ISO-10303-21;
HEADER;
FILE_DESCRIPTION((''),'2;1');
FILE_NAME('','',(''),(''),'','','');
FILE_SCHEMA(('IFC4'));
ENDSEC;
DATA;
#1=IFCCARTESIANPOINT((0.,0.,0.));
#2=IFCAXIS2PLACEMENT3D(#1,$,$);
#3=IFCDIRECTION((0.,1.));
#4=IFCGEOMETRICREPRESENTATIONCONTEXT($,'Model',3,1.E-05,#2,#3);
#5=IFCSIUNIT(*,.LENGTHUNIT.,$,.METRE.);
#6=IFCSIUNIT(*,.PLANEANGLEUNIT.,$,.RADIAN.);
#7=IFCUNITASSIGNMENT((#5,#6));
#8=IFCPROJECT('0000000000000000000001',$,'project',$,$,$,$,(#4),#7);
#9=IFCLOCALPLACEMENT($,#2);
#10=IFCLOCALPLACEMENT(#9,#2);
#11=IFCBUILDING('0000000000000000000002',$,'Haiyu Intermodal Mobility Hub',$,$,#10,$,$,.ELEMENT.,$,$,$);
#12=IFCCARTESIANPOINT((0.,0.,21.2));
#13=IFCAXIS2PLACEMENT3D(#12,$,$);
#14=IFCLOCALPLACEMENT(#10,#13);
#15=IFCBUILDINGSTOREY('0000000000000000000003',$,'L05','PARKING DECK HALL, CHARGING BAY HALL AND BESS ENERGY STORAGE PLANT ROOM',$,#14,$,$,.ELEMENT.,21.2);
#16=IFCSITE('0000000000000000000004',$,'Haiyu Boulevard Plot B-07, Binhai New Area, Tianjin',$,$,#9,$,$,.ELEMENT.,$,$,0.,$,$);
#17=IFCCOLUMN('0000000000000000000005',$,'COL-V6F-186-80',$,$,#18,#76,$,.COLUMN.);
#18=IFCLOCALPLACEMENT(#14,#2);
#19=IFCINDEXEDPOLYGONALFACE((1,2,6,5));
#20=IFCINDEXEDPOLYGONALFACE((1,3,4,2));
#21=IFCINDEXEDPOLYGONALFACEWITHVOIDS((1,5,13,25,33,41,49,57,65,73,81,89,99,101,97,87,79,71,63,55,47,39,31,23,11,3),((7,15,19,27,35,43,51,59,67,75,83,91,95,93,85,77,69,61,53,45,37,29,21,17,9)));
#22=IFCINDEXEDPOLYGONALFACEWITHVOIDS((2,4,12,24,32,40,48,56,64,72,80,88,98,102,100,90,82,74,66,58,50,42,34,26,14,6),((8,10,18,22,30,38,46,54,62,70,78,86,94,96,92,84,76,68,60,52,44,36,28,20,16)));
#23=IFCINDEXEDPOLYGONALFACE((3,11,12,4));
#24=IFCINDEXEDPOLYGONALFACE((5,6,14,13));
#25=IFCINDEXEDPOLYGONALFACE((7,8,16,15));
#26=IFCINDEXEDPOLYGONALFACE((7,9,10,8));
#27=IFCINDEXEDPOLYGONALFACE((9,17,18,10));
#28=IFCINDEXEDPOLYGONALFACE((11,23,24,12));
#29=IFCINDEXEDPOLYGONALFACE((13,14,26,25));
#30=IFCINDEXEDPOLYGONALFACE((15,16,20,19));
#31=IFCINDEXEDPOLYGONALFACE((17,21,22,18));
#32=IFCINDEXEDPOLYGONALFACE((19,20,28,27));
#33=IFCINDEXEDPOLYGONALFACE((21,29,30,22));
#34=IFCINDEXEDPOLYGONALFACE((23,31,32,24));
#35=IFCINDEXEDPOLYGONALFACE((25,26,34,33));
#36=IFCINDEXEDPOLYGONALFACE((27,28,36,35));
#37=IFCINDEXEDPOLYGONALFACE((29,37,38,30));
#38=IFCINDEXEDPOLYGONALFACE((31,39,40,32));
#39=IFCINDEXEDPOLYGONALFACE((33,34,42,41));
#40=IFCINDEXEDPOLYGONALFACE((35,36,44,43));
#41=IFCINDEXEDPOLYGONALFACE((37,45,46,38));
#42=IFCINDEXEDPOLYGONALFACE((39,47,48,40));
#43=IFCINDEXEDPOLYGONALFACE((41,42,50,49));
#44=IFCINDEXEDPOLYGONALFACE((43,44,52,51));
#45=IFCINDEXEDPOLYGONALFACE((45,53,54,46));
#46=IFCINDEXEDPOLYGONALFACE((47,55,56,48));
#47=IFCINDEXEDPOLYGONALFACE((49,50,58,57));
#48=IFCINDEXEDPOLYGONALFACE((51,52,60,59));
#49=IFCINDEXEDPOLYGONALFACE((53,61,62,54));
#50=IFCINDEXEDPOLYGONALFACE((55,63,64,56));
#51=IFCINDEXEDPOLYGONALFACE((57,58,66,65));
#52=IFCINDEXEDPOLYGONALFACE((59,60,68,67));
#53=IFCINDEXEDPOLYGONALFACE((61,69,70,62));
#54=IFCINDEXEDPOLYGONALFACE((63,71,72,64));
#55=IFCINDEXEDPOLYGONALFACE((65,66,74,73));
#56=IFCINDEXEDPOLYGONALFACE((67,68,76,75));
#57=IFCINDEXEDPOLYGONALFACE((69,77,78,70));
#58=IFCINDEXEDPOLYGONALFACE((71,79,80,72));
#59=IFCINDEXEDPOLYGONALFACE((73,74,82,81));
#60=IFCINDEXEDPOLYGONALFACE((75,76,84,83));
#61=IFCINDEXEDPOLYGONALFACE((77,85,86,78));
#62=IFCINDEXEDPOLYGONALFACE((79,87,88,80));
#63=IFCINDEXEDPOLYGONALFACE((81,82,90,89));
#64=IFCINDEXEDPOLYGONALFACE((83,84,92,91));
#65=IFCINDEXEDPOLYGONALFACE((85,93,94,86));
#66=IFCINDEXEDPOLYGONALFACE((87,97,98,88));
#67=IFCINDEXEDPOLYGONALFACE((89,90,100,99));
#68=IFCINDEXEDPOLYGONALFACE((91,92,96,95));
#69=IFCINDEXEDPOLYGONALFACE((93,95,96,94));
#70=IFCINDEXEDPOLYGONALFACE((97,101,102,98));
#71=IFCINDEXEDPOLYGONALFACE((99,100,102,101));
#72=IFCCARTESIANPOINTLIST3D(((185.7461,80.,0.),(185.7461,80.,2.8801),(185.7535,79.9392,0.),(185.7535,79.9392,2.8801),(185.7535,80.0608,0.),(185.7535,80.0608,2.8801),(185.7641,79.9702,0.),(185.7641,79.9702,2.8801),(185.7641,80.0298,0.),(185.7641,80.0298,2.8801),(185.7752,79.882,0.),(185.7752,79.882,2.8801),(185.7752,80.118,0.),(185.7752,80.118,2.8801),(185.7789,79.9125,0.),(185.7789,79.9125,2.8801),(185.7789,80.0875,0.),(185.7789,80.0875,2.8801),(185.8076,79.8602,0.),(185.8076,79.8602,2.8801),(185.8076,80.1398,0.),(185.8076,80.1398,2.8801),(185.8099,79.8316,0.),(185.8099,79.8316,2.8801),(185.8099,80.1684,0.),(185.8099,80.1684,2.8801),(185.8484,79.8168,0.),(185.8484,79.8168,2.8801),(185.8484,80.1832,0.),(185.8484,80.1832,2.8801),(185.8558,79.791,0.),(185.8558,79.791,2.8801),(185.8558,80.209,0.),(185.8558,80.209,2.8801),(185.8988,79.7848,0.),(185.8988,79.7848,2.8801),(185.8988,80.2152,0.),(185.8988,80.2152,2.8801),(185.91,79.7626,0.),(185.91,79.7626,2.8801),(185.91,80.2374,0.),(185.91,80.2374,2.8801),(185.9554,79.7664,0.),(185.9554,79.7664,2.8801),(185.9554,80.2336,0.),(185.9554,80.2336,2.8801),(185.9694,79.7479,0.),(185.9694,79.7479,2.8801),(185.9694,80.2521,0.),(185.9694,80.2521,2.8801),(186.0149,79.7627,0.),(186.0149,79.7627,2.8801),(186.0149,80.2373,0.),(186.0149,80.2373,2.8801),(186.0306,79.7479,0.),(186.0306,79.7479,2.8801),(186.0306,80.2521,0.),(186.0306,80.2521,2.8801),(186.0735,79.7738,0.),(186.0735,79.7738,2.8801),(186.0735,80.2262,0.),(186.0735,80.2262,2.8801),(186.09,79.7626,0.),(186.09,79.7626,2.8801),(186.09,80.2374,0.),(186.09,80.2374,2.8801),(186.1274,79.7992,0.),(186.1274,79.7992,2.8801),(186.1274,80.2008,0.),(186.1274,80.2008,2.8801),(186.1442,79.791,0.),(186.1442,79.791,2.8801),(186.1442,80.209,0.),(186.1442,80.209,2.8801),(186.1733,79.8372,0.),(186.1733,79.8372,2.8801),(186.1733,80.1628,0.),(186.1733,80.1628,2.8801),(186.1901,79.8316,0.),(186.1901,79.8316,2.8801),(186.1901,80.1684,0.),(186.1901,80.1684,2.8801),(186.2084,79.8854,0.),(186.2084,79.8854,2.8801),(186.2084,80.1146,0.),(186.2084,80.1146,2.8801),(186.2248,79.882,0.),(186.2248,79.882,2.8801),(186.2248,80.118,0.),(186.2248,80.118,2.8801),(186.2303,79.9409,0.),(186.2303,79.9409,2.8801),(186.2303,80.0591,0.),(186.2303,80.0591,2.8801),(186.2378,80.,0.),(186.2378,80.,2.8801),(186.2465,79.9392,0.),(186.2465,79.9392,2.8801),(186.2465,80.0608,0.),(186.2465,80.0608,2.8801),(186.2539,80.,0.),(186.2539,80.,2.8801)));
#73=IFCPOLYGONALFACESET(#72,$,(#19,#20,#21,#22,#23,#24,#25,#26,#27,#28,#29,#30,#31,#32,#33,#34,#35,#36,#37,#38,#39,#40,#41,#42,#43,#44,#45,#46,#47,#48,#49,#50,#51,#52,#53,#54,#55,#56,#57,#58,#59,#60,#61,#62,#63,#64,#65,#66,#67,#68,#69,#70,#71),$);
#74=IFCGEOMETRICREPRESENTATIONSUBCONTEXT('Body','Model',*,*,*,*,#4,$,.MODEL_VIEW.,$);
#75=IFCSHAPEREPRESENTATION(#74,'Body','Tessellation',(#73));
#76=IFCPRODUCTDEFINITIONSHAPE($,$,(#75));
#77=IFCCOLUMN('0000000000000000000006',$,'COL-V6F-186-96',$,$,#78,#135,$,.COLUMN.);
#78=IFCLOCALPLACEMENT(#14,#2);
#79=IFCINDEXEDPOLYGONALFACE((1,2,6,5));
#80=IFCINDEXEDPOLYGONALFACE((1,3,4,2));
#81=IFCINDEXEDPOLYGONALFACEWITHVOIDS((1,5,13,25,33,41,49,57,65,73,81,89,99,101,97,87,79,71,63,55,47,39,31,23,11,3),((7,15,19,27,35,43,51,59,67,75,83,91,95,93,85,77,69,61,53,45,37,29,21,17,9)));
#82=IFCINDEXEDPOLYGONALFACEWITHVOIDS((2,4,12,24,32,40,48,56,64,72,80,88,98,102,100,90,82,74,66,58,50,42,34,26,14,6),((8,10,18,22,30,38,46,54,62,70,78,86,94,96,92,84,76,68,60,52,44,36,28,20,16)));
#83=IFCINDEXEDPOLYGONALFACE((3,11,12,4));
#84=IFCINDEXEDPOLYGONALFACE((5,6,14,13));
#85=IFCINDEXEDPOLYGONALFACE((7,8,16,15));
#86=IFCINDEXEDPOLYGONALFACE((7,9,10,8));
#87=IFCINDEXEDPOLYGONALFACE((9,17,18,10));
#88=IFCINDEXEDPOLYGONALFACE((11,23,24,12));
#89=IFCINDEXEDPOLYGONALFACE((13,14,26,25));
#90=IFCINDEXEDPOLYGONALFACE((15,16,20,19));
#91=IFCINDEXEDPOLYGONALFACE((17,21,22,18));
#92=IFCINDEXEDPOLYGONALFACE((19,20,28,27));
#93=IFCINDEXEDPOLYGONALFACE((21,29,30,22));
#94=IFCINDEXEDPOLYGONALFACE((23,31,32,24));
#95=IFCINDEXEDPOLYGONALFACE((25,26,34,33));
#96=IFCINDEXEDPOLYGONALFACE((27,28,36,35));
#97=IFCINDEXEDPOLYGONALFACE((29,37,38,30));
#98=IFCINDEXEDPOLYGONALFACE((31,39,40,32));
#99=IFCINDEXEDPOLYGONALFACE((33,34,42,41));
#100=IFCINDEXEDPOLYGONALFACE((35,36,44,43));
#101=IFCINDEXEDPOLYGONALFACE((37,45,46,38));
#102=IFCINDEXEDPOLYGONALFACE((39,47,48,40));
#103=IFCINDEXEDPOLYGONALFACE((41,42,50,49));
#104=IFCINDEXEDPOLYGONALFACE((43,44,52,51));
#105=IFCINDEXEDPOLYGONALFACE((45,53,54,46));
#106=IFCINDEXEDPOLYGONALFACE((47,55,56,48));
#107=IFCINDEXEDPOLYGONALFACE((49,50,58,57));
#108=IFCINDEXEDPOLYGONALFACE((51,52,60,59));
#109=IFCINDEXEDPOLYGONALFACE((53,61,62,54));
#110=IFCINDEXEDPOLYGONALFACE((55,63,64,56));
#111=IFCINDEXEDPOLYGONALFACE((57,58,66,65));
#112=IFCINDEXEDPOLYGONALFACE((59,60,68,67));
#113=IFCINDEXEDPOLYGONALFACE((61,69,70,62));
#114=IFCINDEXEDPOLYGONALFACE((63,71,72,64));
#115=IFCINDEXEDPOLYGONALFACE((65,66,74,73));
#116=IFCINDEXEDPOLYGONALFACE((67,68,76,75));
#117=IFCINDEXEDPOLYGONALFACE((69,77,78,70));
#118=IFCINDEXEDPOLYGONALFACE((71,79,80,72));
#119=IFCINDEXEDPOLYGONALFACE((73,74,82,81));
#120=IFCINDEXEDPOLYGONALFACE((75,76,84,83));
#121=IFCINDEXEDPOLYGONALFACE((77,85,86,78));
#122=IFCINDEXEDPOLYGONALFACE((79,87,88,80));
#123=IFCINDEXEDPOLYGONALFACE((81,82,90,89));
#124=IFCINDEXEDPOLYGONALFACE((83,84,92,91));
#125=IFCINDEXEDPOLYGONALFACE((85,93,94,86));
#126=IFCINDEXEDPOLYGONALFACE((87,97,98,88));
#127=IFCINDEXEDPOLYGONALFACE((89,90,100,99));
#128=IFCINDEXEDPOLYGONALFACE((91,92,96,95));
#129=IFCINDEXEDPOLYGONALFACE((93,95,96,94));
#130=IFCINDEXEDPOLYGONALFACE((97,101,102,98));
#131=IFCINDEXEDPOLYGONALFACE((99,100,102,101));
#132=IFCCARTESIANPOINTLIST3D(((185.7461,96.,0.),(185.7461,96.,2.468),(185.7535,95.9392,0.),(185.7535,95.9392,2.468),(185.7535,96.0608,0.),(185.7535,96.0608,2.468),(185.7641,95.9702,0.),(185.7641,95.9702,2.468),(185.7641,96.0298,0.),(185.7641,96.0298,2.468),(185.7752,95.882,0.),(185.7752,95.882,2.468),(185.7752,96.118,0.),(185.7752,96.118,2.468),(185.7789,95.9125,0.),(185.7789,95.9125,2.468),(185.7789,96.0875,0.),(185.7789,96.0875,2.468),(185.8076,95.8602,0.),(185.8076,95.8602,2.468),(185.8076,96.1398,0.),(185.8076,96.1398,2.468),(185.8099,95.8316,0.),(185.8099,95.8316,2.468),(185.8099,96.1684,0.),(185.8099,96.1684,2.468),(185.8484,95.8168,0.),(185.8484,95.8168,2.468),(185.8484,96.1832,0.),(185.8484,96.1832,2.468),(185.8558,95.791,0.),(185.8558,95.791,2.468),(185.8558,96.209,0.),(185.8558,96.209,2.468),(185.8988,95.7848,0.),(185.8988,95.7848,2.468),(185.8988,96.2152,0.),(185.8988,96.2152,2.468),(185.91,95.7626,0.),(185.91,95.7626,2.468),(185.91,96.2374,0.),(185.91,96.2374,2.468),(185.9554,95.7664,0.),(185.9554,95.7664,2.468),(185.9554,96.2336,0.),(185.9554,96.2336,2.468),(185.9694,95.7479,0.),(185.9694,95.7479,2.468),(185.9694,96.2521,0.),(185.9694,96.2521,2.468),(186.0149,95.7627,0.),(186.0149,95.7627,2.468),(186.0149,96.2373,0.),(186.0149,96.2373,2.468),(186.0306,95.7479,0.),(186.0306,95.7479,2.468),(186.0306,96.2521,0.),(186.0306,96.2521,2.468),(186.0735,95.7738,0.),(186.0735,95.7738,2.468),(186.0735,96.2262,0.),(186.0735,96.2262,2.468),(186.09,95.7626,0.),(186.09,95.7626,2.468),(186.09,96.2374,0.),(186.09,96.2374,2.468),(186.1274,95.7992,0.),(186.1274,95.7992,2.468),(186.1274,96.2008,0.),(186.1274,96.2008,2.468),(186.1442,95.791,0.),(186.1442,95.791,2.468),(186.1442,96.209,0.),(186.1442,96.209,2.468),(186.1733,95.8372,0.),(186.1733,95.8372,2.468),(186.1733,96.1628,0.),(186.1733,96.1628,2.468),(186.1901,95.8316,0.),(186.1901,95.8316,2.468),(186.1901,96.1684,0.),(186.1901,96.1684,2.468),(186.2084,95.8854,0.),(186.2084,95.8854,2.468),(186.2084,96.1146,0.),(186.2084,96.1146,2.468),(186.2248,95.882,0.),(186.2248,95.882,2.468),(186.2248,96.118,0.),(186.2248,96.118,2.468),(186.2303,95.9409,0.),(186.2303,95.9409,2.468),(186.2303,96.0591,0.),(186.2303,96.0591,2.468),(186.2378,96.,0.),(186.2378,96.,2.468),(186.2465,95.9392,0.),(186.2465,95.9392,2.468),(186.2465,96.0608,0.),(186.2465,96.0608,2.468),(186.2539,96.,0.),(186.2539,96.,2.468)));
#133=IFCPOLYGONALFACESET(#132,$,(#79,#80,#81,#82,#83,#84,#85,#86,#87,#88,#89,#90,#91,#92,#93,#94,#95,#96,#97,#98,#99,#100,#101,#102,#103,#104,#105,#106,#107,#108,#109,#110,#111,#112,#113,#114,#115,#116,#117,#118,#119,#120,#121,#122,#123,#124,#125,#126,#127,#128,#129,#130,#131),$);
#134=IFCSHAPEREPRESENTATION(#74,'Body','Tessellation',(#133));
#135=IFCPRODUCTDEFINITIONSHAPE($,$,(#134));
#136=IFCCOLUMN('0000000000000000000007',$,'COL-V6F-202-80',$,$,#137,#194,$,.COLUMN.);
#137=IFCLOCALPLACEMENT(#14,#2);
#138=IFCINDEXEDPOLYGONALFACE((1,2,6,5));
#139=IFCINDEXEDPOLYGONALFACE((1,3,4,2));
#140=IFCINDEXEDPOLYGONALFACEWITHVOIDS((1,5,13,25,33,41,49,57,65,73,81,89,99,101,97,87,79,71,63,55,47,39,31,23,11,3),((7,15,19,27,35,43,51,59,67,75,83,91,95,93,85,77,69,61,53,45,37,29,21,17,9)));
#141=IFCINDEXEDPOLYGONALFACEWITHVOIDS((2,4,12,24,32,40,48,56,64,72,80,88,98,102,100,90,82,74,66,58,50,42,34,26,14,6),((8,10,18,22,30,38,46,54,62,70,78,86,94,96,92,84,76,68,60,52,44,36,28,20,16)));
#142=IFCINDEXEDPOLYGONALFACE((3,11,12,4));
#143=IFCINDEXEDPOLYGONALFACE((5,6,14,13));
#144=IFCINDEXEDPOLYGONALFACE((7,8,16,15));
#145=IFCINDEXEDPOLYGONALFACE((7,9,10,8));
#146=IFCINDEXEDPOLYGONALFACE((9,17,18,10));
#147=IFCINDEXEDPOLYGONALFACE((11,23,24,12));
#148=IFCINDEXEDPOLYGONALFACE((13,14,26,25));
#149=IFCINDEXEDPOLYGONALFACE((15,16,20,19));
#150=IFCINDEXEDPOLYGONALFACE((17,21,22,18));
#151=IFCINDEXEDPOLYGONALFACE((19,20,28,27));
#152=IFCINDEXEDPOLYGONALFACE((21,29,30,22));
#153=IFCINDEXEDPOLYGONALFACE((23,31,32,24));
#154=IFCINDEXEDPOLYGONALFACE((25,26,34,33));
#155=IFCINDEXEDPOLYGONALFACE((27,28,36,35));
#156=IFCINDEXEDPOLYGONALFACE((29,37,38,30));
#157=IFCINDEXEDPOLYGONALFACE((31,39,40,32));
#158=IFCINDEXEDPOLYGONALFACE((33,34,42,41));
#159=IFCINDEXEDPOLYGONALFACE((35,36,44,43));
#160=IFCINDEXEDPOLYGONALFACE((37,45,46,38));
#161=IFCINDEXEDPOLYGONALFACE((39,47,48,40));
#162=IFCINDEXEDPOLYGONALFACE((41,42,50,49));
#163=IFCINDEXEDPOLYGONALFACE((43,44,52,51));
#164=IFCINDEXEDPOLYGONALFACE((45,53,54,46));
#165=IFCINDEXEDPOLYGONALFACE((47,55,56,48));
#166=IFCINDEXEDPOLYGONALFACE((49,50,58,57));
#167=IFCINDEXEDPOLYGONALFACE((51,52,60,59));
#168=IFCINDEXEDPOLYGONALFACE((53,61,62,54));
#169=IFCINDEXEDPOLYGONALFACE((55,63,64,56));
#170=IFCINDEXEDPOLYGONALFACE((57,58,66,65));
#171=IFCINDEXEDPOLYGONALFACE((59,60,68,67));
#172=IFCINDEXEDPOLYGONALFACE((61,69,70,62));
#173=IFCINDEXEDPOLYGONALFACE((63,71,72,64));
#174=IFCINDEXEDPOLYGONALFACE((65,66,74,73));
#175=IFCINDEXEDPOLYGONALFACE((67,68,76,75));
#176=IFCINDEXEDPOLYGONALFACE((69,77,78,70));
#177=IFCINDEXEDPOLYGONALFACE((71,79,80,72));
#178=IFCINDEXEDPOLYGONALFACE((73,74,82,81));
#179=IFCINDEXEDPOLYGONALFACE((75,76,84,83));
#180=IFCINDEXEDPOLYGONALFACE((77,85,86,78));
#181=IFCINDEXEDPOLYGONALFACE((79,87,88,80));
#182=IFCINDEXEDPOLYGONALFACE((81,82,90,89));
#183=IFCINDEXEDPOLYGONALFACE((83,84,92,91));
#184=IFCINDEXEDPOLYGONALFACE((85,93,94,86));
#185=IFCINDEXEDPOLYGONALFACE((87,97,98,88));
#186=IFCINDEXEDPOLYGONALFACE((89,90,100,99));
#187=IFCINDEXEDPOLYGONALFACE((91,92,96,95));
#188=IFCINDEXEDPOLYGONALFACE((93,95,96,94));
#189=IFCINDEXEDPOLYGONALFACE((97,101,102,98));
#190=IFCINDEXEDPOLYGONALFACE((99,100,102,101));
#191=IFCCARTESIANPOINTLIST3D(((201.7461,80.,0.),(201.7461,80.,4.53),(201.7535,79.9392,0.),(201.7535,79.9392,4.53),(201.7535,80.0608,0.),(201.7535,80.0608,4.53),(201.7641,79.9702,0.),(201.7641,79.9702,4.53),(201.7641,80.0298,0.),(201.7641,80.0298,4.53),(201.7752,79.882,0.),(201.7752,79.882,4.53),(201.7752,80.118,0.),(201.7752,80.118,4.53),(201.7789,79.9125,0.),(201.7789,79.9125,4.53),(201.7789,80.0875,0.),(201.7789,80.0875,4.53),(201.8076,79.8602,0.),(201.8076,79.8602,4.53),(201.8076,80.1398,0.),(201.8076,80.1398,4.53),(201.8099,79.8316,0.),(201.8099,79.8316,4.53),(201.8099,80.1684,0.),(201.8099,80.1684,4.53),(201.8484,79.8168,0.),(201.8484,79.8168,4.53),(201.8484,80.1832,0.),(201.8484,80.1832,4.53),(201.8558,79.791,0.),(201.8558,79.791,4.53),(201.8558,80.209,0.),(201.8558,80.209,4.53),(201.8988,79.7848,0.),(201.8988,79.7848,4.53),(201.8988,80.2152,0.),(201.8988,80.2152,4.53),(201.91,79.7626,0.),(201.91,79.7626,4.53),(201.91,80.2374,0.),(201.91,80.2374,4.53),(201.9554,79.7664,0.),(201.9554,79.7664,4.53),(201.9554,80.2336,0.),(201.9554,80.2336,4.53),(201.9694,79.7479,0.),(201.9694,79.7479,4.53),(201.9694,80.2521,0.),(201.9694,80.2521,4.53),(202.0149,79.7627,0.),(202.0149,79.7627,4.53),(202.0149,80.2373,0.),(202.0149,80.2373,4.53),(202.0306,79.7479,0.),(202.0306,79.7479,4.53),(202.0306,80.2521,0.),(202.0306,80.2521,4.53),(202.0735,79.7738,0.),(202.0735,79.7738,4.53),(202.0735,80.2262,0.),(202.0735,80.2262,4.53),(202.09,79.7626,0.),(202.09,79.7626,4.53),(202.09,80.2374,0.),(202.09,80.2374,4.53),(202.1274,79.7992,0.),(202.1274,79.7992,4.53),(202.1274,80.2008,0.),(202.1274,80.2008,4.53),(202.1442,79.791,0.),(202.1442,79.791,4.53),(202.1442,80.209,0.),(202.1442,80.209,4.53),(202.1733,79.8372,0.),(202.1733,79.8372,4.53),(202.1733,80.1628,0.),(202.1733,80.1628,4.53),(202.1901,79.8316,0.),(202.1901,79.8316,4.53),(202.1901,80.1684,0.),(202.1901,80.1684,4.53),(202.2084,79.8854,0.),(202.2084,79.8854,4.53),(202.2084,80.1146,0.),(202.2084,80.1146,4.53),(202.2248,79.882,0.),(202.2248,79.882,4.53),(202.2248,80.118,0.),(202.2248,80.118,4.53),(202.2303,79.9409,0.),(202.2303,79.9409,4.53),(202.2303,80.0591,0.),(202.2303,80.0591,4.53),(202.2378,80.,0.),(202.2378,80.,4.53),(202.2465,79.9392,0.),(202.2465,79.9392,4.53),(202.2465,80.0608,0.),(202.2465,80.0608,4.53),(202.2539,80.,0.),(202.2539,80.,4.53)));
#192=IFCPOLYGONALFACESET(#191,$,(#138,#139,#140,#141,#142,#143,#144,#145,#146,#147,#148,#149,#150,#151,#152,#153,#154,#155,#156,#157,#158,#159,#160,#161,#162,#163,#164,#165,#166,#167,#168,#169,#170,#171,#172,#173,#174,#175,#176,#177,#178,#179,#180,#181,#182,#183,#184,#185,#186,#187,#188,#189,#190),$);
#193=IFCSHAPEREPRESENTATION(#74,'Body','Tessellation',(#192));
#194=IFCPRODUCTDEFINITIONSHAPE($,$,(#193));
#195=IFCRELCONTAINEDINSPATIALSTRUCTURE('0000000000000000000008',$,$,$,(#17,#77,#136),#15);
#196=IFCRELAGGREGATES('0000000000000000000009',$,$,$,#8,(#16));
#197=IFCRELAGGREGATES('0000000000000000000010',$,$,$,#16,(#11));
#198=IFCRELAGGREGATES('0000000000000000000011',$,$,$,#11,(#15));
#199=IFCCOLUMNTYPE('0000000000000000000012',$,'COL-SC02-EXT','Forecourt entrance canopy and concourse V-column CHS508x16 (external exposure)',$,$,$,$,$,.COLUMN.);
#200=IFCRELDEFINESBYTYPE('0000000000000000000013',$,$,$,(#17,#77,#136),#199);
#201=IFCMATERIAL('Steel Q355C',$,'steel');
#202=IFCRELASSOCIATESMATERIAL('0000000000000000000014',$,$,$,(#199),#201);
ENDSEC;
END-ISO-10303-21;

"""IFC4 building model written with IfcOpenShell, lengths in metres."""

from ifc_helpers import new_model, si_unit, direction, frame, origin, origin_2d, place, context, subcontext, project, spatial, hollow_circle, extrude, material, material_profile, profile_set, type_object, element, save


model = new_model("IFC4")

# Units and contexts
model_context = context("Model", 3, precision=1e-05, world=origin(), true_north=direction((0.0, 1.0)))
body_context = subcontext(model_context, "Body", "Model", "MODEL_VIEW")
ifc_project = project(units=[si_unit("LENGTHUNIT", "METRE"), si_unit("PLANEANGLEUNIT", "RADIAN")], contexts=[model_context])

# Site, building, storey
site_placement = place(None, origin())
site = spatial("IfcSite", under=ifc_project, at=site_placement, Name="Haiyu Boulevard Plot B-07, Binhai New Area, Tianjin", CompositionType="ELEMENT", RefElevation=0.0)
building_placement = place(site_placement, origin())
building = spatial("IfcBuilding", under=site, at=building_placement, Name="Haiyu Intermodal Mobility Hub", CompositionType="ELEMENT")
storey_placement = place(building_placement, frame((0.0, 0.0, 21.2)))
storey = spatial("IfcBuildingStorey", under=building, at=storey_placement, Name="L05", Description="PARKING DECK HALL, CHARGING BAY HALL AND BESS ENERGY STORAGE PLANT ROOM", CompositionType="ELEMENT", Elevation=21.2)

# Columns
ifc_material_1 = material(Name="Steel Q355C", Category="steel")
ifc_material_profile_1 = material_profile(ifc_material_1, hollow_circle(Radius=0.2539, WallThickness=0.0161, at=origin_2d()), Name="CHS508x16")
ifc_profile_set_1 = profile_set([ifc_material_profile_1], Name="Steel Q355C")
column_type = type_object("IfcColumnType", Name="COL-SC02-EXT", Description="Forecourt entrance canopy and concourse V-column CHS508x16 (external exposure)", PredefinedType="COLUMN", material=ifc_profile_set_1)
column_1_placement = place(storey_placement, frame((186.0, 80.0, 0.0), z_axis=(0.0, 0.0, 1.0), x_axis=(1.0, 0.0, 0.0)))
element("IfcColumn", 1, at=column_1_placement, inside=storey, type_object=column_type, Name="COL-V6F-186-80", PredefinedType="COLUMN", context=body_context, shape_type="SweptSolid", body=[
    extrude(hollow_circle(Radius=0.2539, WallThickness=0.0161, at=origin_2d()), origin(), (0.0, 0.0, 1.0), 2.8801),
])
column_2_placement = place(storey_placement, frame((186.0, 96.0, 0.0), z_axis=(0.0, 0.0, 1.0), x_axis=(1.0, 0.0, 0.0)))
element("IfcColumn", 2, at=column_2_placement, inside=storey, type_object=column_type, Name="COL-V6F-186-96", PredefinedType="COLUMN", context=body_context, shape_type="SweptSolid", body=[
    extrude(hollow_circle(Radius=0.2539, WallThickness=0.0161, at=origin_2d()), origin(), (0.0, 0.0, 1.0), 2.468),
])
column_3_placement = place(storey_placement, frame((202.0, 80.0, 0.0), z_axis=(0.0, 0.0, 1.0), x_axis=(1.0, 0.0, 0.0)))
element("IfcColumn", 3, at=column_3_placement, inside=storey, type_object=column_type, Name="COL-V6F-202-80", PredefinedType="COLUMN", context=body_context, shape_type="SweptSolid", body=[
    extrude(hollow_circle(Radius=0.2539, WallThickness=0.0161, at=origin_2d()), origin(), (0.0, 0.0, 1.0), 4.53),
])

save(model, "model.ifc")
